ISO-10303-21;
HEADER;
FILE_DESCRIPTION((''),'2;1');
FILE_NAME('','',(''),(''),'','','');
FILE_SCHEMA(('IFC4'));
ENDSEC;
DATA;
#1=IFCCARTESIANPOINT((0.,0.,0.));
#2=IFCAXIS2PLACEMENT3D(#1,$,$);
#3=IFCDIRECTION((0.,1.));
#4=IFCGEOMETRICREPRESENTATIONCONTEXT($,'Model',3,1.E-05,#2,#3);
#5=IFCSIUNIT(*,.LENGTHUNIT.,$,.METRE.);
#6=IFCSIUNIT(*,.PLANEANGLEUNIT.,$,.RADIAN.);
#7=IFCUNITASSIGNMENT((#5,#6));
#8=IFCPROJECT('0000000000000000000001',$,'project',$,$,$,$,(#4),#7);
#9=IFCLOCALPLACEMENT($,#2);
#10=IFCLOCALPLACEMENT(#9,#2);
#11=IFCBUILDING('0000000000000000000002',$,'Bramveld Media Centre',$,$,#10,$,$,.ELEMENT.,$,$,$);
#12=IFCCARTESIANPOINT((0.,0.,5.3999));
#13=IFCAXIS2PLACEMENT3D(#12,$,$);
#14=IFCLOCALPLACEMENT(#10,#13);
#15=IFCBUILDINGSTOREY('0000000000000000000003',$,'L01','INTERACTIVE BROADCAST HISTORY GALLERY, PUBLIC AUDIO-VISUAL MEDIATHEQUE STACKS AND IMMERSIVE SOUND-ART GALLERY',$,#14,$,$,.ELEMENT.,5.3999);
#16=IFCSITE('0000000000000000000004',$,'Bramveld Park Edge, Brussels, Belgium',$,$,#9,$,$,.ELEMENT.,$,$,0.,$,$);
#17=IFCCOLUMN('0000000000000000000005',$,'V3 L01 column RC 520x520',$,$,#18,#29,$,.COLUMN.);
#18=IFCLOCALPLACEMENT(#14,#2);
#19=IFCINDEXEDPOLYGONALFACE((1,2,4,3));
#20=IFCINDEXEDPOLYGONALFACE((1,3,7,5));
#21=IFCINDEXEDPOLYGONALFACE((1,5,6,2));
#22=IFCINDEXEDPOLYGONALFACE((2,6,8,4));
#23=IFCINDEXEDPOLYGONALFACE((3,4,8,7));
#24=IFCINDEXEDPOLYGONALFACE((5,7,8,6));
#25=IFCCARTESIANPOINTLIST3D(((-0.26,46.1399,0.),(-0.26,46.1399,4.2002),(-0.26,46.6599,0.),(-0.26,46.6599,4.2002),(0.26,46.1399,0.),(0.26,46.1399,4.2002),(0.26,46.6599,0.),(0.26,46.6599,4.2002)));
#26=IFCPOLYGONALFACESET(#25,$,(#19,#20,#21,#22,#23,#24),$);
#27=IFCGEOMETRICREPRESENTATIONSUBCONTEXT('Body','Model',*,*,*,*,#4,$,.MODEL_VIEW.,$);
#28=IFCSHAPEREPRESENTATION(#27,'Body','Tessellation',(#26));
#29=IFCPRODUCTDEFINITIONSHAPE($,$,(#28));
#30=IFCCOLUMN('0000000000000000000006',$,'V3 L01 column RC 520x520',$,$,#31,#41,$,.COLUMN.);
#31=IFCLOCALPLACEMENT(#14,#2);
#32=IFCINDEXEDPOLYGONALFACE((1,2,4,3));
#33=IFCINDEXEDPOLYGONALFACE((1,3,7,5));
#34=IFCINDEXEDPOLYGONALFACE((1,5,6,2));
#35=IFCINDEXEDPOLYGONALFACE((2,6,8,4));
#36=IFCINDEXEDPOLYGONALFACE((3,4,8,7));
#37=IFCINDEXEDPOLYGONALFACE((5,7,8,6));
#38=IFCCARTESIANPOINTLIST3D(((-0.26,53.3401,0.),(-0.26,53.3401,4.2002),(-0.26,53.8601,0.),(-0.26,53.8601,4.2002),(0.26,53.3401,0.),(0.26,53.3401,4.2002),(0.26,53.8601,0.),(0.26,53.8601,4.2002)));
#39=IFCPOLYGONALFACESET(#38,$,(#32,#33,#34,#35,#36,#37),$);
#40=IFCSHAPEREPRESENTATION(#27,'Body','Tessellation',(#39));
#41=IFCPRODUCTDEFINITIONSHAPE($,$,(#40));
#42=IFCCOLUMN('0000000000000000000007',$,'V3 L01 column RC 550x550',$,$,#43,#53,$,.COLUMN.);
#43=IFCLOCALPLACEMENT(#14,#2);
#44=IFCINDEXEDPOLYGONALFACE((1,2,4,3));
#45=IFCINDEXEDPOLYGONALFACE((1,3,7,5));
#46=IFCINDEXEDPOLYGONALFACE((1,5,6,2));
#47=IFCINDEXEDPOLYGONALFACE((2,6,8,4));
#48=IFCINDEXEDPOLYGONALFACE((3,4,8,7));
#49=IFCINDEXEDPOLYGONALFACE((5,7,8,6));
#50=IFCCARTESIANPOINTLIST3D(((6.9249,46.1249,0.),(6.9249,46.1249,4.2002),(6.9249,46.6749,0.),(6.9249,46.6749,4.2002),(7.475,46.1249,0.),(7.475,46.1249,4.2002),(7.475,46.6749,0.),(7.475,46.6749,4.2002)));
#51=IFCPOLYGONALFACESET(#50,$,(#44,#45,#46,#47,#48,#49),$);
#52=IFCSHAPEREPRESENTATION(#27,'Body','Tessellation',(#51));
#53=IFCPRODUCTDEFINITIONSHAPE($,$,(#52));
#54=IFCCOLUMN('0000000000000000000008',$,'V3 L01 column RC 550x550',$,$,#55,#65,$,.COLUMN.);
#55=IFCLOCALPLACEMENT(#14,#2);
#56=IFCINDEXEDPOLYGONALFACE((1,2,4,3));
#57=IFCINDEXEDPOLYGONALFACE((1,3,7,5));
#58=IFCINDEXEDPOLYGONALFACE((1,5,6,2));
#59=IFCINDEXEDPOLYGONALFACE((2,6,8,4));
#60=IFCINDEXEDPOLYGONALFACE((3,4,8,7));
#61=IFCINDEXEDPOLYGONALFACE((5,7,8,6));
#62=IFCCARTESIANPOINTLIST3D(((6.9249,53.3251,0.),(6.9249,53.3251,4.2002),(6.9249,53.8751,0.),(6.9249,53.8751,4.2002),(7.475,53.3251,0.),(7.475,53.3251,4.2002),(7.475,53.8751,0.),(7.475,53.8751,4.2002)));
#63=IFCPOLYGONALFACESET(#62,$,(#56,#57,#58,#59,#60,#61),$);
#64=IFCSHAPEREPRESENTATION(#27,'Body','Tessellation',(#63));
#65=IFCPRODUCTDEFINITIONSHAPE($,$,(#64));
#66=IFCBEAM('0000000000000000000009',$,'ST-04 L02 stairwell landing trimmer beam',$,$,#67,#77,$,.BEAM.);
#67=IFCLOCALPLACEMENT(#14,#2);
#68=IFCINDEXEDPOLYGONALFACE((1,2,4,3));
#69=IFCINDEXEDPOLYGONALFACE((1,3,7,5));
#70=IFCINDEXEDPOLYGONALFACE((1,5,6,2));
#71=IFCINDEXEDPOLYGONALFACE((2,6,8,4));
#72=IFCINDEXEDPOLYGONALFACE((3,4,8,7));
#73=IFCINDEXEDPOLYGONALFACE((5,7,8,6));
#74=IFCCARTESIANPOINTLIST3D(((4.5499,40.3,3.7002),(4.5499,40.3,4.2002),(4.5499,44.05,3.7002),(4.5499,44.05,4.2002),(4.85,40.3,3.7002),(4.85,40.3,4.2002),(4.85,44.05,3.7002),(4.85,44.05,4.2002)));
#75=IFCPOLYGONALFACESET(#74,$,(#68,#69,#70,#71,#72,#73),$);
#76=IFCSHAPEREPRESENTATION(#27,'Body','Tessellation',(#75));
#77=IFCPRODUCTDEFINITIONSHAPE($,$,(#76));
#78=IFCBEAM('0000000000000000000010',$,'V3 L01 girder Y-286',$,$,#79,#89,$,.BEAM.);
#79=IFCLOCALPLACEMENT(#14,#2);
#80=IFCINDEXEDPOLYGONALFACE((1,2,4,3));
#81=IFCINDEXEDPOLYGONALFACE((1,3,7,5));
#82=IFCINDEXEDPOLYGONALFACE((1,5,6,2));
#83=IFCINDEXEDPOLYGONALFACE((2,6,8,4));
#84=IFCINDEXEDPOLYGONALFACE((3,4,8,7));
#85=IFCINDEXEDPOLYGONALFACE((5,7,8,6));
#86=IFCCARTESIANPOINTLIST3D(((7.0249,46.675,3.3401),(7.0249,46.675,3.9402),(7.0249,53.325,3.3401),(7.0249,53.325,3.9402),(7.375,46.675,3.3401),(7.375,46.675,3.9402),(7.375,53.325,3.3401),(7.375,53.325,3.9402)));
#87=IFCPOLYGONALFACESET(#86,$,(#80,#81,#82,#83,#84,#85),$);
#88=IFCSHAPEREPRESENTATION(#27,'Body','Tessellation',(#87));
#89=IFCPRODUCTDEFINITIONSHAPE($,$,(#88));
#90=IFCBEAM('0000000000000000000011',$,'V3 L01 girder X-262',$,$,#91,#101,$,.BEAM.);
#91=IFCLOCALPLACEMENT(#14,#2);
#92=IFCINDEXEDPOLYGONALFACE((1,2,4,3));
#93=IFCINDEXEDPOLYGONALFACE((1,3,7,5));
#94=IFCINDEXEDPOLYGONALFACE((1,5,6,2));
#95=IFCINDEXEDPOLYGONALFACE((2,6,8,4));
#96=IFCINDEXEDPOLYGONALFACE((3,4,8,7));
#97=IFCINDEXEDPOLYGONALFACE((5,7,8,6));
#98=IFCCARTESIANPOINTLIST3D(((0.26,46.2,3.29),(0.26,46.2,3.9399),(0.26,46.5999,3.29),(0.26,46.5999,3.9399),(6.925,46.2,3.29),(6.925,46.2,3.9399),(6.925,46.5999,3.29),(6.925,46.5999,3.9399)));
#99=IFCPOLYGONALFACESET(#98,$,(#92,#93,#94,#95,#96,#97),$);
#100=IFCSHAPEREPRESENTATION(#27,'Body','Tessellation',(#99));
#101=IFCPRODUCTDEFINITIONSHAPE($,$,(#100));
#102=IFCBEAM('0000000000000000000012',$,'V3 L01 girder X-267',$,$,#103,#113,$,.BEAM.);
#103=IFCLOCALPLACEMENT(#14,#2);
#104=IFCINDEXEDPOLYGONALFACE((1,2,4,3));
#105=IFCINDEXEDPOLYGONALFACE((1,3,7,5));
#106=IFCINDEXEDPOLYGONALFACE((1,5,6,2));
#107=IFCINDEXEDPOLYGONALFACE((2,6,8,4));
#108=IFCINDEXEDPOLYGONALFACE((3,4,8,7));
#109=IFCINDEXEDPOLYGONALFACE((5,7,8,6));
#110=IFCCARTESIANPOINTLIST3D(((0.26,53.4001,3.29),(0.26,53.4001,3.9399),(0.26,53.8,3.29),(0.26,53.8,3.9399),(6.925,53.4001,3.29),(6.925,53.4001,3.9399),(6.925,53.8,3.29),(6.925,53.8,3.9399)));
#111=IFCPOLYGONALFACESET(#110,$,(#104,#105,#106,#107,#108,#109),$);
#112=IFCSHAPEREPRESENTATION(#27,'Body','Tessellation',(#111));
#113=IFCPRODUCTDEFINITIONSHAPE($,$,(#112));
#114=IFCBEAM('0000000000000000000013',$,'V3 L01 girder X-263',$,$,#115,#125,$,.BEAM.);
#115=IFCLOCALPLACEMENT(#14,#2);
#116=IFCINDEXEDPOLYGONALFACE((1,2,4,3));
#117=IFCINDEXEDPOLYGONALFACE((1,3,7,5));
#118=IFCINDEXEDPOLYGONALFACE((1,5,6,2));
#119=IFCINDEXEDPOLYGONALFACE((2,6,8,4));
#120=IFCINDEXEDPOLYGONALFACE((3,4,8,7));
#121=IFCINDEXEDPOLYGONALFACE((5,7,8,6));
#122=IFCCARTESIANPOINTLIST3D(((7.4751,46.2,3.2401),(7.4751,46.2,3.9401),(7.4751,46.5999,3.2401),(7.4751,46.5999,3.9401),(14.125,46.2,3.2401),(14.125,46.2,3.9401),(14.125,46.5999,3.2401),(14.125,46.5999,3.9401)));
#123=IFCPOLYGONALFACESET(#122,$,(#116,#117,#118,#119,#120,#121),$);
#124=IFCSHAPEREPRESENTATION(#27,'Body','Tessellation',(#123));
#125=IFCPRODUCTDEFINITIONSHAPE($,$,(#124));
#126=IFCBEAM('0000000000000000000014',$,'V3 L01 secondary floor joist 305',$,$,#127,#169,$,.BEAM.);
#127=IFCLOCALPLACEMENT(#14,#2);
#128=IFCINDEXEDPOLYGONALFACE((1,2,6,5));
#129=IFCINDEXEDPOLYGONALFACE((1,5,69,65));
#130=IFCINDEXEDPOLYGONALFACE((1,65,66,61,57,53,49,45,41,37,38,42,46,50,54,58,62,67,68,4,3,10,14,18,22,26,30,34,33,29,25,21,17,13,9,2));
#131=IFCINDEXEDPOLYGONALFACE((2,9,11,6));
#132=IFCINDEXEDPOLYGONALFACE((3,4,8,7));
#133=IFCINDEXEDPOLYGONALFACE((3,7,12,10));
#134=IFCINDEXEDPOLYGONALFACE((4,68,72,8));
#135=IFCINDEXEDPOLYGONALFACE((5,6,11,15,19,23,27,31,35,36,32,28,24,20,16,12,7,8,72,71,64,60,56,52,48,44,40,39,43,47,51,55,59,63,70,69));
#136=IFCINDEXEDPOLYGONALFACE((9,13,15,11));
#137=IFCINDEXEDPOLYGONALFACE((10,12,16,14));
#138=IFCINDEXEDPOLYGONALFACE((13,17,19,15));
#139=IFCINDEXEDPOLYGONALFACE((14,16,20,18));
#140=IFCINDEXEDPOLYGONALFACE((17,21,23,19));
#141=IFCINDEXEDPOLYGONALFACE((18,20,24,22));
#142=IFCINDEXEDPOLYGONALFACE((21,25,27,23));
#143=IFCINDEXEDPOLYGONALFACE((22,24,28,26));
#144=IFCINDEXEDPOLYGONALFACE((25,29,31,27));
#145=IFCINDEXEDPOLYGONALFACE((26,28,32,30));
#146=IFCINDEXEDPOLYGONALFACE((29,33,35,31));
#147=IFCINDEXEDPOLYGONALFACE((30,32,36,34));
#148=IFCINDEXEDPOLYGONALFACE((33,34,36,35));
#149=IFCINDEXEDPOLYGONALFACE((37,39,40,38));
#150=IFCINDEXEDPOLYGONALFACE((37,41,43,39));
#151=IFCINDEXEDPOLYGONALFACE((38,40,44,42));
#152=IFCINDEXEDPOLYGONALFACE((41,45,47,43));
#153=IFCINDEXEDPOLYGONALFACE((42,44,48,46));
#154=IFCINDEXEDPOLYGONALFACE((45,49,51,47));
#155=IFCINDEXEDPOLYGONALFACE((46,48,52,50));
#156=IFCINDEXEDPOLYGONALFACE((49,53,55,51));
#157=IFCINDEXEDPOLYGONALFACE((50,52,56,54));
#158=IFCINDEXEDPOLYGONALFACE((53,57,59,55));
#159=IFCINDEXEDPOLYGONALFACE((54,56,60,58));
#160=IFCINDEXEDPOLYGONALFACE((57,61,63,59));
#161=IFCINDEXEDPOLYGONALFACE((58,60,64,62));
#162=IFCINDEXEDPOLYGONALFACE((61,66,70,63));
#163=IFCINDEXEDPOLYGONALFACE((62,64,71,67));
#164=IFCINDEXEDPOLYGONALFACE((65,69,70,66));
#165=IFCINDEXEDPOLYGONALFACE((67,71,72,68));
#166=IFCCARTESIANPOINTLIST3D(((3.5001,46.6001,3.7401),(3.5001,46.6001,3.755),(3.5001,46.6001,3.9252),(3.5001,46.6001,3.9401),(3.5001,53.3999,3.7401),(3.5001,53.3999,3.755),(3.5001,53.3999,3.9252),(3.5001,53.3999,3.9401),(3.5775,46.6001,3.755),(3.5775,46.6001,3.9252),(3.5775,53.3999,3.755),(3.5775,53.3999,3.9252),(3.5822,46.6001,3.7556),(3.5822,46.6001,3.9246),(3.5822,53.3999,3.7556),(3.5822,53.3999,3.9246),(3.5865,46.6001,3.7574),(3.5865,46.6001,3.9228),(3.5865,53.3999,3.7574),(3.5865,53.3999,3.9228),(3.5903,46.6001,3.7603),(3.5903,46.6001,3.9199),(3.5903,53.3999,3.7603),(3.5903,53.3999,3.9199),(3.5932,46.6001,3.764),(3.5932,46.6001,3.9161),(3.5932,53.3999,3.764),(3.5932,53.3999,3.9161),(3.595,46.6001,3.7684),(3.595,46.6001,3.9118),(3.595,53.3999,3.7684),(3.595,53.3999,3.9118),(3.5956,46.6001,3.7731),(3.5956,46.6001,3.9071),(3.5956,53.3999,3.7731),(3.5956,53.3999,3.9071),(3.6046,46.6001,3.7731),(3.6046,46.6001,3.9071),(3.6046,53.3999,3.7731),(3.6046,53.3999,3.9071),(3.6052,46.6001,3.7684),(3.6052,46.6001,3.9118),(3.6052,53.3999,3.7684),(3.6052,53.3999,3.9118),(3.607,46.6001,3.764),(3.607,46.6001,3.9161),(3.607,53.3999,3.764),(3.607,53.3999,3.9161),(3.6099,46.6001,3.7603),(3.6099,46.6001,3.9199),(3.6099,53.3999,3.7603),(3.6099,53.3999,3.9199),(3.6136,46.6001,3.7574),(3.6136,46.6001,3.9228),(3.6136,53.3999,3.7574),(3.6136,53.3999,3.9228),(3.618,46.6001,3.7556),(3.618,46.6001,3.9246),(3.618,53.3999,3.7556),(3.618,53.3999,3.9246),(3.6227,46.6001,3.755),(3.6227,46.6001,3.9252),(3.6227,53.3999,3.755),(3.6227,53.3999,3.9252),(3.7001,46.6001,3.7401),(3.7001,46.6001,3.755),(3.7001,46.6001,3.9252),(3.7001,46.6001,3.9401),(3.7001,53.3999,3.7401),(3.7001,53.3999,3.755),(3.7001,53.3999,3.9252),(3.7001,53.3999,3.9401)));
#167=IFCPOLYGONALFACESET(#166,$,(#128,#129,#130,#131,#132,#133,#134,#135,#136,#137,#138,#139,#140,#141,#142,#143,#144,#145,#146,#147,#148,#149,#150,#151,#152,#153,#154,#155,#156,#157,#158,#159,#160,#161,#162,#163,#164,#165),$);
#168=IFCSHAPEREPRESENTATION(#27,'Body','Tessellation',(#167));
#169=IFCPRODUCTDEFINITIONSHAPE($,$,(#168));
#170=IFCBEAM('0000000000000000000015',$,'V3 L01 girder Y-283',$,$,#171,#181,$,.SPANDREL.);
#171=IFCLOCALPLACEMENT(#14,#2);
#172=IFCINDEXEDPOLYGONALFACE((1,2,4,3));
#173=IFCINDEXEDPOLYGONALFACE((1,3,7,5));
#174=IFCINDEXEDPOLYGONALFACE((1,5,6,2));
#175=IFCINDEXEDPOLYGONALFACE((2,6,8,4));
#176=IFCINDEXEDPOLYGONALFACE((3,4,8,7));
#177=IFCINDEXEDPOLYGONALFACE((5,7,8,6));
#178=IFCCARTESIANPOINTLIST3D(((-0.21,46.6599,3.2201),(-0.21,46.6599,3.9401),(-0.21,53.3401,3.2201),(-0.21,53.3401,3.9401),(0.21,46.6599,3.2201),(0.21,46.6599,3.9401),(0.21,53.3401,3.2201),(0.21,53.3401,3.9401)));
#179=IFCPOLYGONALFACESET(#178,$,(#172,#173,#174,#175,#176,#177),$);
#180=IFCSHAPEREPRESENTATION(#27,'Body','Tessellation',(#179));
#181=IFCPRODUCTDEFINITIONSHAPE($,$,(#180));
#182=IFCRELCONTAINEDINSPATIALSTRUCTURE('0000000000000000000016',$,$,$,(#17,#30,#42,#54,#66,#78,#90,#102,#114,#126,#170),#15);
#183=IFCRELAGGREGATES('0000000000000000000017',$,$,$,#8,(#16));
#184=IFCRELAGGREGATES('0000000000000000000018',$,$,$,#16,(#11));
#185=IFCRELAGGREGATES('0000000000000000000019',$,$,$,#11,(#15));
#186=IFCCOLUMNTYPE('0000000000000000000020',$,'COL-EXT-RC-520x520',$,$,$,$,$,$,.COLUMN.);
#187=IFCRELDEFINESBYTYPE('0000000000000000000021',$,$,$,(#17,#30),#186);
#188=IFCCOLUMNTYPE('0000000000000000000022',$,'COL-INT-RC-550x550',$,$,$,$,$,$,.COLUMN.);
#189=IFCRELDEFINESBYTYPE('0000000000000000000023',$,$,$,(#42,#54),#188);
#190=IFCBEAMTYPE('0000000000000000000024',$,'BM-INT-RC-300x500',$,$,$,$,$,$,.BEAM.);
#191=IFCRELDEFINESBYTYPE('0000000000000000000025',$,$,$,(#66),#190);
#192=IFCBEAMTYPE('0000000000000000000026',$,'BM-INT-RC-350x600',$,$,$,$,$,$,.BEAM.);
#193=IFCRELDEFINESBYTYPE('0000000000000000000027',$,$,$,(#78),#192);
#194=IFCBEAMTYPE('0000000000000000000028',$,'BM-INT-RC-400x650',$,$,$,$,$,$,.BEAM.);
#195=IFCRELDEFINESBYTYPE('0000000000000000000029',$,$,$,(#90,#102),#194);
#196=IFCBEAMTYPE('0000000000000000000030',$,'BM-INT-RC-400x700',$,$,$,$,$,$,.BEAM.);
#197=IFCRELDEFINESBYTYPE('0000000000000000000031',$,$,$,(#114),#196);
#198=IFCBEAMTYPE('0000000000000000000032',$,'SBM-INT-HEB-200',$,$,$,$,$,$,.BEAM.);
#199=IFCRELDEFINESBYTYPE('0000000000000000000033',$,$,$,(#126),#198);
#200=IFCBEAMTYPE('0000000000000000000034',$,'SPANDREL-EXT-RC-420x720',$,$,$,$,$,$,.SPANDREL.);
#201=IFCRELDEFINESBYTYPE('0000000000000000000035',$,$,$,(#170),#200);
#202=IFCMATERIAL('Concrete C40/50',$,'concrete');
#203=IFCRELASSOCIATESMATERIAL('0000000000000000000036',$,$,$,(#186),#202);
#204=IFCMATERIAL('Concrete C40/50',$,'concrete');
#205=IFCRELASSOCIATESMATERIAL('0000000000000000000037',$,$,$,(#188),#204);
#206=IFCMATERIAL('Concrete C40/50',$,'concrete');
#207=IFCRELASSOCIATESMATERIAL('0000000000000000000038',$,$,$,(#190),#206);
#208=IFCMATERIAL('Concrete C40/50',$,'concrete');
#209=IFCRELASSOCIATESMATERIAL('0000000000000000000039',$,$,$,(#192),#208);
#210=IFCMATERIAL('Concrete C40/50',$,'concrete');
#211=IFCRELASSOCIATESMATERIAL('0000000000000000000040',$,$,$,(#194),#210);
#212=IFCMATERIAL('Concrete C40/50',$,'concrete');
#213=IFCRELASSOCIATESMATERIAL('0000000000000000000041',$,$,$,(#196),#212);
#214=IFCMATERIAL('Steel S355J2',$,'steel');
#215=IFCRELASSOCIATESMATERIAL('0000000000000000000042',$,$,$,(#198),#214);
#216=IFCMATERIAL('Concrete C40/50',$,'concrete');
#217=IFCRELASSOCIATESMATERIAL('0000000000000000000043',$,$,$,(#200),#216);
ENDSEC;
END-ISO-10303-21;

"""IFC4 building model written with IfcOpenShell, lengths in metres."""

from ifc_helpers import new_model, si_unit, direction, frame, origin, origin_2d, place, context, subcontext, project, spatial, rectangle, i_section, extrude, material, material_profile, profile_set, type_object, element, save


model = new_model("IFC4")

# Units and contexts
model_context = context("Model", 3, precision=1e-05, world=origin(), true_north=direction((0.0, 1.0)))
body_context = subcontext(model_context, "Body", "Model", "MODEL_VIEW")
ifc_project = project(units=[si_unit("LENGTHUNIT", "METRE"), si_unit("PLANEANGLEUNIT", "RADIAN")], contexts=[model_context])

# Site, building, storey
site_placement = place(None, origin())
site = spatial("IfcSite", under=ifc_project, at=site_placement, Name="Bramveld Park Edge, Brussels, Belgium", CompositionType="ELEMENT", RefElevation=0.0)
building_placement = place(site_placement, origin())
building = spatial("IfcBuilding", under=site, at=building_placement, Name="Bramveld Media Centre", CompositionType="ELEMENT")
storey_placement = place(building_placement, frame((0.0, 0.0, 5.3999)))
storey = spatial("IfcBuildingStorey", under=building, at=storey_placement, Name="L01", Description="INTERACTIVE BROADCAST HISTORY GALLERY, PUBLIC AUDIO-VISUAL MEDIATHEQUE STACKS AND IMMERSIVE SOUND-ART GALLERY", CompositionType="ELEMENT", Elevation=5.3999)

# Columns
ifc_material_1 = material(Name="Concrete C40/50", Category="concrete")
ifc_material_profile_1 = material_profile(ifc_material_1, rectangle(XDim=0.52, YDim=0.52, at=origin_2d()), Name="RC 520x520")
ifc_profile_set_1 = profile_set([ifc_material_profile_1], Name="Concrete C40/50")
column_type_1 = type_object("IfcColumnType", Name="COL-EXT-RC-520x520", PredefinedType="COLUMN", material=ifc_profile_set_1)
for number, where, z_axis, x_axis, name in (
    (1, (0.0, 46.3999, 0.0), (0.0, 0.0, 1.0), (1.0, 0.0, 0.0), "V3 L01 column RC 520x520"),
    (2, (0.0, 53.6001, 0.0), (0.0, 0.0, 1.0), (1.0, 0.0, 0.0), "V3 L01 column RC 520x520"),
):
    element("IfcColumn", number, at=place(storey_placement, frame(where, z_axis=z_axis, x_axis=x_axis)), inside=storey, type_object=column_type_1, Name=name, PredefinedType="COLUMN", context=body_context, shape_type="SweptSolid", body=[
        extrude(rectangle(XDim=0.52, YDim=0.52, at=origin_2d()), origin(), (0.0, 0.0, 1.0), 4.2002),
    ])
ifc_material_2 = material(Name="Concrete C40/50", Category="concrete")
ifc_material_profile_2 = material_profile(ifc_material_2, rectangle(XDim=0.55, YDim=0.55, at=origin_2d()), Name="RC 550x550")
ifc_profile_set_2 = profile_set([ifc_material_profile_2], Name="Concrete C40/50")
column_type_2 = type_object("IfcColumnType", Name="COL-INT-RC-550x550", PredefinedType="COLUMN", material=ifc_profile_set_2)
for number, where, z_axis, x_axis, name in (
    (3, (7.2, 46.3999, 0.0), (0.0, 0.0, 1.0), (1.0, 0.0, 0.0), "V3 L01 column RC 550x550"),
    (4, (7.2, 53.6001, 0.0), (0.0, 0.0, 1.0), (1.0, 0.0, 0.0), "V3 L01 column RC 550x550"),
):
    element("IfcColumn", number, at=place(storey_placement, frame(where, z_axis=z_axis, x_axis=x_axis)), inside=storey, type_object=column_type_2, Name=name, PredefinedType="COLUMN", context=body_context, shape_type="SweptSolid", body=[
        extrude(rectangle(XDim=0.55, YDim=0.55, at=origin_2d()), origin(), (0.0, 0.0, 1.0), 4.2002),
    ])

# Beams
ifc_material_3 = material(Name="Concrete C40/50", Category="concrete")
ifc_material_profile_3 = material_profile(ifc_material_3, rectangle(XDim=0.3, YDim=0.5, at=origin_2d()), Name="RC 300x500")
ifc_profile_set_3 = profile_set([ifc_material_profile_3], Name="Concrete C40/50")
beam_type_1 = type_object("IfcBeamType", Name="BM-INT-RC-300x500", PredefinedType="BEAM", material=ifc_profile_set_3)
beam_1_placement = place(storey_placement, frame((4.7, 40.3, 3.9502), z_axis=(0.0, 1.0, 0.0), x_axis=(-1.0, 0.0, 0.0)))
element("IfcBeam", 5, at=beam_1_placement, inside=storey, type_object=beam_type_1, Name="ST-04 L02 stairwell landing trimmer beam", PredefinedType="BEAM", context=body_context, shape_type="SweptSolid", body=[
    extrude(rectangle(XDim=0.3, YDim=0.5, at=origin_2d()), origin(), (0.0, 0.0, 1.0), 3.75),
])
ifc_material_4 = material(Name="Concrete C40/50", Category="concrete")
ifc_material_profile_4 = material_profile(ifc_material_4, rectangle(XDim=0.3501, YDim=0.6001, at=origin_2d()), Name="RC 350x600")
ifc_profile_set_4 = profile_set([ifc_material_profile_4], Name="Concrete C40/50")
beam_type_2 = type_object("IfcBeamType", Name="BM-INT-RC-350x600", PredefinedType="BEAM", material=ifc_profile_set_4)
beam_2_placement = place(storey_placement, frame((7.2, 46.675, 3.6401), z_axis=(0.0, 1.0, 0.0), x_axis=(-1.0, 0.0, 0.0)))
element("IfcBeam", 6, at=beam_2_placement, inside=storey, type_object=beam_type_2, Name="V3 L01 girder Y-286", PredefinedType="BEAM", context=body_context, shape_type="SweptSolid", body=[
    extrude(rectangle(XDim=0.3501, YDim=0.6001, at=origin_2d()), origin(), (0.0, 0.0, 1.0), 6.6499),
])
ifc_material_5 = material(Name="Concrete C40/50", Category="concrete")
ifc_material_profile_5 = material_profile(ifc_material_5, rectangle(XDim=0.3999, YDim=0.6499, at=origin_2d()), Name="RC 400x650")
ifc_profile_set_5 = profile_set([ifc_material_profile_5], Name="Concrete C40/50")
beam_type_3 = type_object("IfcBeamType", Name="BM-INT-RC-400x650", PredefinedType="BEAM", material=ifc_profile_set_5)
for number, where, z_axis, x_axis, name in (
    (7, (0.26, 46.3999, 3.615), (1.0, 0.0, 0.0), (0.0, 1.0, 0.0), "V3 L01 girder X-262"),
    (8, (0.26, 53.6001, 3.615), (1.0, 0.0, 0.0), (0.0, 1.0, 0.0), "V3 L01 girder X-267"),
):
    element("IfcBeam", number, at=place(storey_placement, frame(where, z_axis=z_axis, x_axis=x_axis)), inside=storey, type_object=beam_type_3, Name=name, PredefinedType="BEAM", context=body_context, shape_type="SweptSolid", body=[
        extrude(rectangle(XDim=0.3999, YDim=0.6499, at=origin_2d()), origin(), (0.0, 0.0, 1.0), 6.665),
    ])
ifc_material_6 = material(Name="Concrete C40/50", Category="concrete")
ifc_material_profile_6 = material_profile(ifc_material_6, rectangle(XDim=0.3999, YDim=0.7, at=origin_2d()), Name="RC 400x700")
ifc_profile_set_6 = profile_set([ifc_material_profile_6], Name="Concrete C40/50")
beam_type_4 = type_object("IfcBeamType", Name="BM-INT-RC-400x700", PredefinedType="BEAM", material=ifc_profile_set_6)
beam_3_placement = place(storey_placement, frame((7.4751, 46.3999, 3.5901), z_axis=(1.0, 0.0, 0.0), x_axis=(0.0, 1.0, 0.0)))
element("IfcBeam", 9, at=beam_3_placement, inside=storey, type_object=beam_type_4, Name="V3 L01 girder X-263", PredefinedType="BEAM", context=body_context, shape_type="SweptSolid", body=[
    extrude(rectangle(XDim=0.3999, YDim=0.7, at=origin_2d()), origin(), (0.0, 0.0, 1.0), 6.6499),
])
ifc_material_7 = material(Name="Steel S355J2", Category="steel")
ifc_material_profile_7 = material_profile(ifc_material_7, i_section(OverallWidth=0.2, OverallDepth=0.2, WebThickness=0.009, FlangeThickness=0.0149, FilletRadius=0.0181, at=origin_2d()), Name="HEB 200")
ifc_profile_set_7 = profile_set([ifc_material_profile_7], Name="Steel S355J2")
beam_type_5 = type_object("IfcBeamType", Name="SBM-INT-HEB-200", PredefinedType="BEAM", material=ifc_profile_set_7)
beam_4_placement = place(storey_placement, frame((3.6001, 46.6001, 3.8401), z_axis=(0.0, 1.0, 0.0), x_axis=(-1.0, 0.0, 0.0)))
element("IfcBeam", 10, at=beam_4_placement, inside=storey, type_object=beam_type_5, Name="V3 L01 secondary floor joist 305", PredefinedType="BEAM", context=body_context, shape_type="SweptSolid", body=[
    extrude(i_section(OverallWidth=0.2, OverallDepth=0.2, WebThickness=0.009, FlangeThickness=0.0149, FilletRadius=0.0181, at=origin_2d()), origin(), (0.0, 0.0, 1.0), 6.7998),
])
ifc_material_8 = material(Name="Concrete C40/50", Category="concrete")
ifc_material_profile_8 = material_profile(ifc_material_8, rectangle(XDim=0.4199, YDim=0.72, at=origin_2d()), Name="RC 420x720")
ifc_profile_set_8 = profile_set([ifc_material_profile_8], Name="Concrete C40/50")
beam_type_6 = type_object("IfcBeamType", Name="SPANDREL-EXT-RC-420x720", PredefinedType="SPANDREL", material=ifc_profile_set_8)
beam_5_placement = place(storey_placement, frame((0.0, 46.6599, 3.5801), z_axis=(0.0, 1.0, 0.0), x_axis=(-1.0, 0.0, 0.0)))
element("IfcBeam", 11, at=beam_5_placement, inside=storey, type_object=beam_type_6, Name="V3 L01 girder Y-283", PredefinedType="SPANDREL", context=body_context, shape_type="SweptSolid", body=[
    extrude(rectangle(XDim=0.4199, YDim=0.72, at=origin_2d()), origin(), (0.0, 0.0, 1.0), 6.6802),
])

save(model, "model.ifc")
